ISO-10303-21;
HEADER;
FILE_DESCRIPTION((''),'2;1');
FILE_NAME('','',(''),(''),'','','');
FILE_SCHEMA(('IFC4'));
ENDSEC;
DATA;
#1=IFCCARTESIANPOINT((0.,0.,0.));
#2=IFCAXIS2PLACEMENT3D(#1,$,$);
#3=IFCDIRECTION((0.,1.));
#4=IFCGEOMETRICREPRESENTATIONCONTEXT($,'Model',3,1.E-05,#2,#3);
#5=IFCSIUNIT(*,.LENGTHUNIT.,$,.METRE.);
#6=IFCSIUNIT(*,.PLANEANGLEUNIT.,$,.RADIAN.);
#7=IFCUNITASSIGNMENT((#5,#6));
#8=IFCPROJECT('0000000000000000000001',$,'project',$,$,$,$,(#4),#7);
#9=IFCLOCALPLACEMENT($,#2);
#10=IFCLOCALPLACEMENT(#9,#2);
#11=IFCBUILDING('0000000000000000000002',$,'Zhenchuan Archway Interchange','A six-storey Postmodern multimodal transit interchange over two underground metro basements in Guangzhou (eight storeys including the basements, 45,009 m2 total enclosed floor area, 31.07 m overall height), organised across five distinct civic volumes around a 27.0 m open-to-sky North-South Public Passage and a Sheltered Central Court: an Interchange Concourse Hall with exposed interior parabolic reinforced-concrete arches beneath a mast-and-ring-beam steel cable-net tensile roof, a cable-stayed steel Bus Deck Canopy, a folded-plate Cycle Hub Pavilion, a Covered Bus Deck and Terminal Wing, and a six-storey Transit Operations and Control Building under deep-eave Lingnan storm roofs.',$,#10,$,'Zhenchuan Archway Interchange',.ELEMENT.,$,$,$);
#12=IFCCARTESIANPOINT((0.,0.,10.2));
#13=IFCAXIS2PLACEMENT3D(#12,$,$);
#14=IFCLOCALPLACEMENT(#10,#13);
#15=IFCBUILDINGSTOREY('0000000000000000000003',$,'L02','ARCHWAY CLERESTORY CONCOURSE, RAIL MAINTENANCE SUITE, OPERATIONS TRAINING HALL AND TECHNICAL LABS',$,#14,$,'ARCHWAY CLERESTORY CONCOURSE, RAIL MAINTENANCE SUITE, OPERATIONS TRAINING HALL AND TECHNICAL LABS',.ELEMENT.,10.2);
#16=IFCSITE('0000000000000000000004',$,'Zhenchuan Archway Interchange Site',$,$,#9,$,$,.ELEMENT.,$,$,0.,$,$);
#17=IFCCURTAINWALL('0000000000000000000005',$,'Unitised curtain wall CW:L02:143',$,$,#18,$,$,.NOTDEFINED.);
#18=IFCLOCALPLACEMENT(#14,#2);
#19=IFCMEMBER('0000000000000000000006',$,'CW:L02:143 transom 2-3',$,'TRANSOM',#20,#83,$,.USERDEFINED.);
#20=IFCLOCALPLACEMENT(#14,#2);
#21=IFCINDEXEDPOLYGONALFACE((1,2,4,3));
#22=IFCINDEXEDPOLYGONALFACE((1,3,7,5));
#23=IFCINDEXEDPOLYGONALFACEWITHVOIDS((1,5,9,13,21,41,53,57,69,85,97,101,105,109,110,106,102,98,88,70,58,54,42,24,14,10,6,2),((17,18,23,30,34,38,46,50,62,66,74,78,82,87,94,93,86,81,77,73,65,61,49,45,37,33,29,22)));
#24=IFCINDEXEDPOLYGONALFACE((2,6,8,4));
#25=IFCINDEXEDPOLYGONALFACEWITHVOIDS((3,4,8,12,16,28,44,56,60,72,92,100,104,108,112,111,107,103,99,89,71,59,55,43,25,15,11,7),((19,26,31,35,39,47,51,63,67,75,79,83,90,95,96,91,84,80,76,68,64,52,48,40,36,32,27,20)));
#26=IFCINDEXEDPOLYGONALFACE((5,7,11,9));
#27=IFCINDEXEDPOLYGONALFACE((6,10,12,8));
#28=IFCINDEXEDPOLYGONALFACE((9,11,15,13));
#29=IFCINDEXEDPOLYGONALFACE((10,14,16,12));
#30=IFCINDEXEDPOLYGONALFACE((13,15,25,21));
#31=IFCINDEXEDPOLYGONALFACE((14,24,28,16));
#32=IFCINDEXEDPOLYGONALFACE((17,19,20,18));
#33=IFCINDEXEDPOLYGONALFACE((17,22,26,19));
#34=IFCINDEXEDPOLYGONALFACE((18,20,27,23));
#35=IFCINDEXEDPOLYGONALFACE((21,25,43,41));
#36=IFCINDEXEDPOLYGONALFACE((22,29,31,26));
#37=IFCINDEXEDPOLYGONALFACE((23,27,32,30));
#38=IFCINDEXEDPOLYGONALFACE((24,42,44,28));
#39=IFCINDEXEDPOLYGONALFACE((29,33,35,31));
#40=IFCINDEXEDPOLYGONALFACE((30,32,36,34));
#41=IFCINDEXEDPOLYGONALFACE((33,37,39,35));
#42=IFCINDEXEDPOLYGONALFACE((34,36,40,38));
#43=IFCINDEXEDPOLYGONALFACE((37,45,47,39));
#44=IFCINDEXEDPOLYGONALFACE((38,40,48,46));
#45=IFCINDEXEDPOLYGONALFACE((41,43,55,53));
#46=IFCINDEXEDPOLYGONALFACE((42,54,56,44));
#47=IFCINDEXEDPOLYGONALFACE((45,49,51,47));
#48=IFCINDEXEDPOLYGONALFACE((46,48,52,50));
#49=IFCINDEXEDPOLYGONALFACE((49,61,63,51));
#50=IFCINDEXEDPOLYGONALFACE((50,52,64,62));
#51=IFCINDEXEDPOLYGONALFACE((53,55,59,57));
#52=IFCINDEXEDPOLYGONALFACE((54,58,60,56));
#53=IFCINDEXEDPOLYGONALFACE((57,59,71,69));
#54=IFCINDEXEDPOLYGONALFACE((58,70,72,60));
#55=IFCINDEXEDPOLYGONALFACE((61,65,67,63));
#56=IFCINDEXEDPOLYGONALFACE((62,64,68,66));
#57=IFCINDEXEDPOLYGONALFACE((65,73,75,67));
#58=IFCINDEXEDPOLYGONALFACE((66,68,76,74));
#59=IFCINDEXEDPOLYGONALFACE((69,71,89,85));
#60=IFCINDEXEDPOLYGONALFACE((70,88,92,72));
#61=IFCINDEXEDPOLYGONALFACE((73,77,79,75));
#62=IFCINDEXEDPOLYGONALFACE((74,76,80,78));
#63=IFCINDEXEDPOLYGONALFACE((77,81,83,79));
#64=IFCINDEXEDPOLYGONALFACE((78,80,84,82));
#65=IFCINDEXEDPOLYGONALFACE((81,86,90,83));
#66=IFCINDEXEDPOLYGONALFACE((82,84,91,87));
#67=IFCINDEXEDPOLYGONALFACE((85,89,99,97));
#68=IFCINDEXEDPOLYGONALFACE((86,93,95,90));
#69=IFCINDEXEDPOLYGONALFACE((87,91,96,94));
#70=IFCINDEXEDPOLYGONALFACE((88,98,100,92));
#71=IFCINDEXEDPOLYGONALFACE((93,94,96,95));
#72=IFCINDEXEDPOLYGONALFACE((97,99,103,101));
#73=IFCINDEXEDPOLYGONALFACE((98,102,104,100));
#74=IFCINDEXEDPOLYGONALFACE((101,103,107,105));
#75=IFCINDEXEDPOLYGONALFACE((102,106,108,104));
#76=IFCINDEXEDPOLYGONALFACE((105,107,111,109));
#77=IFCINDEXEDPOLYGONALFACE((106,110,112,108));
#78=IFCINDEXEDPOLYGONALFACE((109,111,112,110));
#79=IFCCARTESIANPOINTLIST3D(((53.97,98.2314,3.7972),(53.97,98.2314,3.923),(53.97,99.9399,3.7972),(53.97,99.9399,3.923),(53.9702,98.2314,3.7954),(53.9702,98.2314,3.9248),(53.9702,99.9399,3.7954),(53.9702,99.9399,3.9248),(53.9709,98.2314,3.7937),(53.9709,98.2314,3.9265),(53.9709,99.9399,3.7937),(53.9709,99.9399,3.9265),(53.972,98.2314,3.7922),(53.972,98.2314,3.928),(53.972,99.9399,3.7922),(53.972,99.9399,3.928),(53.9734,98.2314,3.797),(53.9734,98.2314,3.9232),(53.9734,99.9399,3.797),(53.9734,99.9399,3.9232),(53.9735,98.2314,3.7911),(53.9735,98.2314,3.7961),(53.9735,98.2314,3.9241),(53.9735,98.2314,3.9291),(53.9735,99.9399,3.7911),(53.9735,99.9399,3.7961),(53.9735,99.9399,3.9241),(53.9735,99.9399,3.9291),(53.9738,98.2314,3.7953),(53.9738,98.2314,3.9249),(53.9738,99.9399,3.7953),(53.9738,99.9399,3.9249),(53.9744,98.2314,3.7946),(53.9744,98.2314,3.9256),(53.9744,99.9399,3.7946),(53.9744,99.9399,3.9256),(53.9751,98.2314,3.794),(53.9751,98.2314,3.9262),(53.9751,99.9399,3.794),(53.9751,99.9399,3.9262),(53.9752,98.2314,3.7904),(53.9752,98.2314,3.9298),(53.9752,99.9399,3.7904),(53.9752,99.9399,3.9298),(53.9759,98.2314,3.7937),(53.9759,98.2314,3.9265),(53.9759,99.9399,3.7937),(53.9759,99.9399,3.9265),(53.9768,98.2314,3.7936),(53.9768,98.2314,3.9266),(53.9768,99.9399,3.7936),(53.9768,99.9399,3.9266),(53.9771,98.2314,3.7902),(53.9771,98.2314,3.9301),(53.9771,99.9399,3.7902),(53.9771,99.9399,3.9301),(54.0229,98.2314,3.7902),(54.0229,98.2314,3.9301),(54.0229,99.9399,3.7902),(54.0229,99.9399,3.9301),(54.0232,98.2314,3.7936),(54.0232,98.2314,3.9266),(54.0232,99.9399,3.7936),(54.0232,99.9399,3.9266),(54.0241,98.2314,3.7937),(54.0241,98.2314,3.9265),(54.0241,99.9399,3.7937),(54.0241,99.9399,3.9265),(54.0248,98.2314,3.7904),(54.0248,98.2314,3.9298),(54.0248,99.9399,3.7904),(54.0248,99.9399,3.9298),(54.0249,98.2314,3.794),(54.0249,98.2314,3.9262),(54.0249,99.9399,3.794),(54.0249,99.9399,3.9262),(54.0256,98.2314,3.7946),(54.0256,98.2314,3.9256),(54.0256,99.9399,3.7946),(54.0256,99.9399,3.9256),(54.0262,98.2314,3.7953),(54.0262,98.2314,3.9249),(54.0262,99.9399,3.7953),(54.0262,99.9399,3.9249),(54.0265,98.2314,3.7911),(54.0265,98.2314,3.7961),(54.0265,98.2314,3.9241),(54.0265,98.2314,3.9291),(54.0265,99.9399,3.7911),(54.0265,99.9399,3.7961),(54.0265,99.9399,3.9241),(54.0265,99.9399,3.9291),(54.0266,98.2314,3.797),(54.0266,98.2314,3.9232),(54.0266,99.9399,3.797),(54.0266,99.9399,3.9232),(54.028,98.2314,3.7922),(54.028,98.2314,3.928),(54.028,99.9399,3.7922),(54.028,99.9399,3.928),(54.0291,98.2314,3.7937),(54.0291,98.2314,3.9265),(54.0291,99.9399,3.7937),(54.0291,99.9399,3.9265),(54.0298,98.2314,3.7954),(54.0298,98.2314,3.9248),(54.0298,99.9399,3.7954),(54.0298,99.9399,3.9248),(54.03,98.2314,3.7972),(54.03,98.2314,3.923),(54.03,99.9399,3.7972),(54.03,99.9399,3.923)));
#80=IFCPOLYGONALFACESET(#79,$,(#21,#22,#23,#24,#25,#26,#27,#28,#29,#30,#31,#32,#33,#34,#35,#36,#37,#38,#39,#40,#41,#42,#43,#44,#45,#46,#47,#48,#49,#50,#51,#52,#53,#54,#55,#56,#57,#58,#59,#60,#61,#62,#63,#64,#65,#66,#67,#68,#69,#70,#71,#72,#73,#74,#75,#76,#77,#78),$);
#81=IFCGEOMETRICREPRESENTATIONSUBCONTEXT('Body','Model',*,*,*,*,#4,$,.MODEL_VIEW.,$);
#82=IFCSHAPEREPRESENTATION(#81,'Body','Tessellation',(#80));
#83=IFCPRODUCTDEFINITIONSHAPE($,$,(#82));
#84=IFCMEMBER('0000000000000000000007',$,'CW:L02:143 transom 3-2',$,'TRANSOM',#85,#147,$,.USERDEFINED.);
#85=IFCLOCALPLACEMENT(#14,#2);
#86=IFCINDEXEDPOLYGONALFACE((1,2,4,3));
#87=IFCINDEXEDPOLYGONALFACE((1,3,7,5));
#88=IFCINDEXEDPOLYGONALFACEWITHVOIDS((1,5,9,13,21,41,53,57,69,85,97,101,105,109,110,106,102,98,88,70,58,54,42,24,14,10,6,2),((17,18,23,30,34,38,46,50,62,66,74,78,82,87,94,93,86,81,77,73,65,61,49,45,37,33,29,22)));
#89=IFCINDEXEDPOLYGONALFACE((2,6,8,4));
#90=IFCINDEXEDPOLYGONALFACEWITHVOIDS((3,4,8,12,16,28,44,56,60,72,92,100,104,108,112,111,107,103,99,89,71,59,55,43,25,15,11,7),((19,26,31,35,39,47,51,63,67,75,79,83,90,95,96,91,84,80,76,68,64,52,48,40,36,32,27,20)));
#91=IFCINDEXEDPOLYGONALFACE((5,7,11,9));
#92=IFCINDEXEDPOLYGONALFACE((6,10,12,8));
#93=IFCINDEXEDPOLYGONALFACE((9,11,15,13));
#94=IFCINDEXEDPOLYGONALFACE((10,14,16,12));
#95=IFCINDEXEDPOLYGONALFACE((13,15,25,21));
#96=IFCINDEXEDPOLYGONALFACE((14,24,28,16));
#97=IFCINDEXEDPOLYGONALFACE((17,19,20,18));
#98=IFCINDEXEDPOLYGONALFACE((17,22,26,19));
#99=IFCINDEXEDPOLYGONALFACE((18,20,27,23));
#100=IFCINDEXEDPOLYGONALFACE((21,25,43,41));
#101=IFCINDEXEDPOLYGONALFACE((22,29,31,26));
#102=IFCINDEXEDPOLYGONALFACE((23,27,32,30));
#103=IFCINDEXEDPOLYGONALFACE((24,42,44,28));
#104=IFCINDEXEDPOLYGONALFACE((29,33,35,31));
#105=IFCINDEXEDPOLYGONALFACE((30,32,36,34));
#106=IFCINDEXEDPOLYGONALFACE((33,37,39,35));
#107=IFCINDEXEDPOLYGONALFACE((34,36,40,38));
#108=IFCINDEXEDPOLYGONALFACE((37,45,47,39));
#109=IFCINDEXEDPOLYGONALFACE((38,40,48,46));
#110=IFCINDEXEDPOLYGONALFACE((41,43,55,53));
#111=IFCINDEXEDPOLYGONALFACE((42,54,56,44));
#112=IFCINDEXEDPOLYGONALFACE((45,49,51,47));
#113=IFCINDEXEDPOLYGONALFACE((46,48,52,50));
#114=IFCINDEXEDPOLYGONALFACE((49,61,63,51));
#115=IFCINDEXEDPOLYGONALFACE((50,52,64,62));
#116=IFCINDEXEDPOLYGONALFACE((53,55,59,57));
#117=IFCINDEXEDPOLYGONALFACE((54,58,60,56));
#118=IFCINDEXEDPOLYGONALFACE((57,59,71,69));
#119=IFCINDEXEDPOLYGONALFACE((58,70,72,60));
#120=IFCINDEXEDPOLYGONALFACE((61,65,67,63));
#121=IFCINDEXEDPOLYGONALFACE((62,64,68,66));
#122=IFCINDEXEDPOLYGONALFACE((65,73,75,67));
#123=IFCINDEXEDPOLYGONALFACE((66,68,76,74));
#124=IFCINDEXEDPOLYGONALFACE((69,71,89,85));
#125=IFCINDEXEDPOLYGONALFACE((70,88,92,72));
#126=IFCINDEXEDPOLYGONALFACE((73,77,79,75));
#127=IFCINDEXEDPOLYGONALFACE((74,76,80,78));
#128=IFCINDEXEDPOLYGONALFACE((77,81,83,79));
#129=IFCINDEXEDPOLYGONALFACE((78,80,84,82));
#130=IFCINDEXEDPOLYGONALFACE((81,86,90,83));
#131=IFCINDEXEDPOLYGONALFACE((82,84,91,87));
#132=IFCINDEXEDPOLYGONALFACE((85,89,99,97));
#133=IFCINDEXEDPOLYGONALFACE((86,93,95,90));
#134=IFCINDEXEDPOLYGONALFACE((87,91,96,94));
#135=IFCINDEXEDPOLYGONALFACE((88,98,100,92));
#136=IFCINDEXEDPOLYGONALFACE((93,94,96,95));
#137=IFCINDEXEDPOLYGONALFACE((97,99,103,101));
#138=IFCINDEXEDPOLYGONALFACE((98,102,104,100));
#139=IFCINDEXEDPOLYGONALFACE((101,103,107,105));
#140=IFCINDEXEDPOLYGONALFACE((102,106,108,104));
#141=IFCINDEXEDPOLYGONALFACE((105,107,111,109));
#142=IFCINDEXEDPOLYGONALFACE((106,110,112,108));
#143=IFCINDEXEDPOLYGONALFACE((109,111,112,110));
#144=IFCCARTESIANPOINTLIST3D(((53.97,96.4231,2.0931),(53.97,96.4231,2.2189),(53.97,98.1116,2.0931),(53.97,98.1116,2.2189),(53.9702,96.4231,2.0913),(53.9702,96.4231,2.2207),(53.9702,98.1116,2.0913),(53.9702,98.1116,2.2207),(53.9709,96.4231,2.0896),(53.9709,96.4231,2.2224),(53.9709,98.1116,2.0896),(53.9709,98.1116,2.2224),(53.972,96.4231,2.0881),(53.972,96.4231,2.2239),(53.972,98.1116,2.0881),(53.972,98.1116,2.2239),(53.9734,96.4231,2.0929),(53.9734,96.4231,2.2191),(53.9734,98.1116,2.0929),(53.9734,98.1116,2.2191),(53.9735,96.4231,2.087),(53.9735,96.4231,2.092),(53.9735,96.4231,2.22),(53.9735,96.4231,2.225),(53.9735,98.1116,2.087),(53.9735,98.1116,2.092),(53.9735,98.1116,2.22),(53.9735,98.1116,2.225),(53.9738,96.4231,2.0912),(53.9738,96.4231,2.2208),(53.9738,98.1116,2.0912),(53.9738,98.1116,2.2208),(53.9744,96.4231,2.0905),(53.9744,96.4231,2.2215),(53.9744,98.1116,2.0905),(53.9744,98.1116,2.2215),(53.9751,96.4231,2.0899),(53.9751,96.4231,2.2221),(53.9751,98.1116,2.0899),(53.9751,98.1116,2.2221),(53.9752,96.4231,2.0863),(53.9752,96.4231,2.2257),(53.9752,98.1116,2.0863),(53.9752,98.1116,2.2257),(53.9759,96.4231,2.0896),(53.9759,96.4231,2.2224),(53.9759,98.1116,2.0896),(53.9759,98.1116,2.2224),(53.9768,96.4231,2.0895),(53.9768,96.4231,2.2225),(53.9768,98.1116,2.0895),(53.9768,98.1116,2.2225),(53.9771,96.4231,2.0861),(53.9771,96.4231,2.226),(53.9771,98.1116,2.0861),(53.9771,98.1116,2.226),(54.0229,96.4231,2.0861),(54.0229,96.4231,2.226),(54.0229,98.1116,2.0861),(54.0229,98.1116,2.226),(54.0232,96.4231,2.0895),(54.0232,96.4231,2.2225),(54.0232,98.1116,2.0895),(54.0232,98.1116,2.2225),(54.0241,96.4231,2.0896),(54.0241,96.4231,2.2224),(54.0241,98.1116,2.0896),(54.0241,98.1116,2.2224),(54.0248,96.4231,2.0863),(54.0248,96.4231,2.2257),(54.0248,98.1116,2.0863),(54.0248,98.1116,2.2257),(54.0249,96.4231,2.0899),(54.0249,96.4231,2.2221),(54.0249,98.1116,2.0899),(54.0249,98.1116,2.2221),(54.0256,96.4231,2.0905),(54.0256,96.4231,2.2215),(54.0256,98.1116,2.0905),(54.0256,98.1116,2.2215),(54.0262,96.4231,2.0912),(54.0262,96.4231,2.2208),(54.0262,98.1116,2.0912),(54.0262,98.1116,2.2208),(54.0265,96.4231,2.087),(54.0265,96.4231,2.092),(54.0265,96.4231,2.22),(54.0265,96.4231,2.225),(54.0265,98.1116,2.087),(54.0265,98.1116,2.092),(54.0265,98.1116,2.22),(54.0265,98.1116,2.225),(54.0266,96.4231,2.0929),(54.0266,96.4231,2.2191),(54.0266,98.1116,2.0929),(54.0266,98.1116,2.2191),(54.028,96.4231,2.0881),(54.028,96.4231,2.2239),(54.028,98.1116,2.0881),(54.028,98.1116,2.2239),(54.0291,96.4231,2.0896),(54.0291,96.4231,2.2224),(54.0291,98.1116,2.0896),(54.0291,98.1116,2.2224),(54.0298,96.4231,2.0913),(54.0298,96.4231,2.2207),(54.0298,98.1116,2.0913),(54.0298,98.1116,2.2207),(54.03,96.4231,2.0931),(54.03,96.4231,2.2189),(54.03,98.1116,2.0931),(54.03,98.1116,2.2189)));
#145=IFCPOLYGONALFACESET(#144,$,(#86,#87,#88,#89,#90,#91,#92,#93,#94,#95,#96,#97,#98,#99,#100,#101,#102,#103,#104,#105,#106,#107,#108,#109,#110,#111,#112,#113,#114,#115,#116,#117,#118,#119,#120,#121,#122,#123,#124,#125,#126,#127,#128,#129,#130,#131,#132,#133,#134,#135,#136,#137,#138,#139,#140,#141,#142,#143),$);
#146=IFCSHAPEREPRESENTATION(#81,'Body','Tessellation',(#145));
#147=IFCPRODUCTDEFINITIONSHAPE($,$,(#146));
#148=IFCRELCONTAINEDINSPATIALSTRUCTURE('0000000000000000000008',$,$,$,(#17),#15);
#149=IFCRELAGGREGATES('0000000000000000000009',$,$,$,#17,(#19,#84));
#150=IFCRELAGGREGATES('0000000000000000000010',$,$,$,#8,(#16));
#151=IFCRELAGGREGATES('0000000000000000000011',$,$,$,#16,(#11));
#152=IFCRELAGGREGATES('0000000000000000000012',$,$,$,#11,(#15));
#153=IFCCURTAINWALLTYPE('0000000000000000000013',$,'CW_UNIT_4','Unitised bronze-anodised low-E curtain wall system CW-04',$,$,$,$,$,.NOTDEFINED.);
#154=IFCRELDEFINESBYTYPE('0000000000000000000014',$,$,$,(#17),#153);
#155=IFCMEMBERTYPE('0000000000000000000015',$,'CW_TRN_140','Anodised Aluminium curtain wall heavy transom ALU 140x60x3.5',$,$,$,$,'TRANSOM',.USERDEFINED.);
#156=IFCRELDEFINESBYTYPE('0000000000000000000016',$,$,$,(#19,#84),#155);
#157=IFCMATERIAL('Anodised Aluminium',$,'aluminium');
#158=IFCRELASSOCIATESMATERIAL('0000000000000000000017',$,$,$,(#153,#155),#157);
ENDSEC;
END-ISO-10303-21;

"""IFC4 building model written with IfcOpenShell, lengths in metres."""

from ifc_helpers import new_model, si_unit, direction, frame, origin, origin_2d, place, context, subcontext, project, spatial, hollow_rectangle, extrude, material, material_profile, profile_set, type_object, element, aggregate, save


model = new_model("IFC4")

# Units and contexts
model_context = context("Model", 3, precision=1e-05, world=origin(), true_north=direction((0.0, 1.0)))
body_context = subcontext(model_context, "Body", "Model", "MODEL_VIEW")
ifc_project = project(units=[si_unit("LENGTHUNIT", "METRE"), si_unit("PLANEANGLEUNIT", "RADIAN")], contexts=[model_context])

# Site, building, storey
site_placement = place(None, origin())
site = spatial("IfcSite", under=ifc_project, at=site_placement, Name="Zhenchuan Archway Interchange Site", CompositionType="ELEMENT", RefElevation=0.0)
building_placement = place(site_placement, origin())
building = spatial("IfcBuilding", under=site, at=building_placement, Name="Zhenchuan Archway Interchange", Description="A six-storey Postmodern multimodal transit interchange over two underground metro basements in Guangzhou (eight storeys including the basements, 45,009 m2 total enclosed floor area, 31.07 m overall height), organised across five distinct civic volumes around a 27.0 m open-to-sky North-South Public Passage and a Sheltered Central Court: an Interchange Concourse Hall with exposed interior parabolic reinforced-concrete arches beneath a mast-and-ring-beam steel cable-net tensile roof, a cable-stayed steel Bus Deck Canopy, a folded-plate Cycle Hub Pavilion, a Covered Bus Deck and Terminal Wing, and a six-storey Transit Operations and Control Building under deep-eave Lingnan storm roofs.", LongName="Zhenchuan Archway Interchange", CompositionType="ELEMENT")
storey_placement = place(building_placement, frame((0.0, 0.0, 10.2)))
storey = spatial("IfcBuildingStorey", under=building, at=storey_placement, Name="L02", Description="ARCHWAY CLERESTORY CONCOURSE, RAIL MAINTENANCE SUITE, OPERATIONS TRAINING HALL AND TECHNICAL LABS", LongName="ARCHWAY CLERESTORY CONCOURSE, RAIL MAINTENANCE SUITE, OPERATIONS TRAINING HALL AND TECHNICAL LABS", CompositionType="ELEMENT", Elevation=10.2)

# Curtain wall, members
ifc_material_1 = material(Name="Anodised Aluminium", Category="aluminium")
curtain_wall_type = type_object("IfcCurtainWallType", Name="CW_UNIT_4", Description="Unitised bronze-anodised low-E curtain wall system CW-04", PredefinedType="NOTDEFINED", material=ifc_material_1)
curtain_wall_placement = place(storey_placement, origin())
curtain_wall = element("IfcCurtainWall", 1, at=curtain_wall_placement, inside=storey, type_object=curtain_wall_type, Name="Unitised curtain wall CW:L02:143", PredefinedType="NOTDEFINED")
ifc_material_profile_1 = material_profile(ifc_material_1, hollow_rectangle(XDim=0.0601, YDim=0.1399, WallThickness=0.0034, InnerFilletRadius=0.0034, OuterFilletRadius=0.0071, at=origin_2d()), Name="ALU 140x60x3.5")
ifc_profile_set_1 = profile_set([ifc_material_profile_1], Name="Anodised Aluminium")
member_type_1 = type_object("IfcMemberType", Name="CW_TRN_140", Description="Anodised Aluminium curtain wall heavy transom ALU 140x60x3.5", ElementType="TRANSOM", PredefinedType="USERDEFINED", material=ifc_profile_set_1)
member_1_placement = place(storey_placement, frame((54.0, 99.9399, 3.8601), z_axis=(0.0, -1.0, 0.0), x_axis=(1.0, 0.0, 0.0)))
member_1 = element("IfcMember", 2, at=member_1_placement, type_object=member_type_1, Name="CW:L02:143 transom 2-3", ObjectType="TRANSOM", PredefinedType="USERDEFINED", context=body_context, shape_type="SweptSolid", body=[
    extrude(hollow_rectangle(XDim=0.0601, YDim=0.1399, WallThickness=0.0034, InnerFilletRadius=0.0034, OuterFilletRadius=0.0071, at=origin_2d()), origin(), (0.0, 0.0, 1.0), 1.7085),
])
member_2_placement = place(storey_placement, frame((54.0, 98.1116, 2.156), z_axis=(0.0, -1.0, 0.0), x_axis=(1.0, 0.0, 0.0)))
member_2 = element("IfcMember", 3, at=member_2_placement, type_object=member_type_1, Name="CW:L02:143 transom 3-2", ObjectType="TRANSOM", PredefinedType="USERDEFINED", context=body_context, shape_type="SweptSolid", body=[
    extrude(hollow_rectangle(XDim=0.0601, YDim=0.1399, WallThickness=0.0034, InnerFilletRadius=0.0034, OuterFilletRadius=0.0071, at=origin_2d()), origin(), (0.0, 0.0, 1.0), 1.6885),
])
aggregate(curtain_wall, [member_1, member_2])

save(model, "model.ifc")
